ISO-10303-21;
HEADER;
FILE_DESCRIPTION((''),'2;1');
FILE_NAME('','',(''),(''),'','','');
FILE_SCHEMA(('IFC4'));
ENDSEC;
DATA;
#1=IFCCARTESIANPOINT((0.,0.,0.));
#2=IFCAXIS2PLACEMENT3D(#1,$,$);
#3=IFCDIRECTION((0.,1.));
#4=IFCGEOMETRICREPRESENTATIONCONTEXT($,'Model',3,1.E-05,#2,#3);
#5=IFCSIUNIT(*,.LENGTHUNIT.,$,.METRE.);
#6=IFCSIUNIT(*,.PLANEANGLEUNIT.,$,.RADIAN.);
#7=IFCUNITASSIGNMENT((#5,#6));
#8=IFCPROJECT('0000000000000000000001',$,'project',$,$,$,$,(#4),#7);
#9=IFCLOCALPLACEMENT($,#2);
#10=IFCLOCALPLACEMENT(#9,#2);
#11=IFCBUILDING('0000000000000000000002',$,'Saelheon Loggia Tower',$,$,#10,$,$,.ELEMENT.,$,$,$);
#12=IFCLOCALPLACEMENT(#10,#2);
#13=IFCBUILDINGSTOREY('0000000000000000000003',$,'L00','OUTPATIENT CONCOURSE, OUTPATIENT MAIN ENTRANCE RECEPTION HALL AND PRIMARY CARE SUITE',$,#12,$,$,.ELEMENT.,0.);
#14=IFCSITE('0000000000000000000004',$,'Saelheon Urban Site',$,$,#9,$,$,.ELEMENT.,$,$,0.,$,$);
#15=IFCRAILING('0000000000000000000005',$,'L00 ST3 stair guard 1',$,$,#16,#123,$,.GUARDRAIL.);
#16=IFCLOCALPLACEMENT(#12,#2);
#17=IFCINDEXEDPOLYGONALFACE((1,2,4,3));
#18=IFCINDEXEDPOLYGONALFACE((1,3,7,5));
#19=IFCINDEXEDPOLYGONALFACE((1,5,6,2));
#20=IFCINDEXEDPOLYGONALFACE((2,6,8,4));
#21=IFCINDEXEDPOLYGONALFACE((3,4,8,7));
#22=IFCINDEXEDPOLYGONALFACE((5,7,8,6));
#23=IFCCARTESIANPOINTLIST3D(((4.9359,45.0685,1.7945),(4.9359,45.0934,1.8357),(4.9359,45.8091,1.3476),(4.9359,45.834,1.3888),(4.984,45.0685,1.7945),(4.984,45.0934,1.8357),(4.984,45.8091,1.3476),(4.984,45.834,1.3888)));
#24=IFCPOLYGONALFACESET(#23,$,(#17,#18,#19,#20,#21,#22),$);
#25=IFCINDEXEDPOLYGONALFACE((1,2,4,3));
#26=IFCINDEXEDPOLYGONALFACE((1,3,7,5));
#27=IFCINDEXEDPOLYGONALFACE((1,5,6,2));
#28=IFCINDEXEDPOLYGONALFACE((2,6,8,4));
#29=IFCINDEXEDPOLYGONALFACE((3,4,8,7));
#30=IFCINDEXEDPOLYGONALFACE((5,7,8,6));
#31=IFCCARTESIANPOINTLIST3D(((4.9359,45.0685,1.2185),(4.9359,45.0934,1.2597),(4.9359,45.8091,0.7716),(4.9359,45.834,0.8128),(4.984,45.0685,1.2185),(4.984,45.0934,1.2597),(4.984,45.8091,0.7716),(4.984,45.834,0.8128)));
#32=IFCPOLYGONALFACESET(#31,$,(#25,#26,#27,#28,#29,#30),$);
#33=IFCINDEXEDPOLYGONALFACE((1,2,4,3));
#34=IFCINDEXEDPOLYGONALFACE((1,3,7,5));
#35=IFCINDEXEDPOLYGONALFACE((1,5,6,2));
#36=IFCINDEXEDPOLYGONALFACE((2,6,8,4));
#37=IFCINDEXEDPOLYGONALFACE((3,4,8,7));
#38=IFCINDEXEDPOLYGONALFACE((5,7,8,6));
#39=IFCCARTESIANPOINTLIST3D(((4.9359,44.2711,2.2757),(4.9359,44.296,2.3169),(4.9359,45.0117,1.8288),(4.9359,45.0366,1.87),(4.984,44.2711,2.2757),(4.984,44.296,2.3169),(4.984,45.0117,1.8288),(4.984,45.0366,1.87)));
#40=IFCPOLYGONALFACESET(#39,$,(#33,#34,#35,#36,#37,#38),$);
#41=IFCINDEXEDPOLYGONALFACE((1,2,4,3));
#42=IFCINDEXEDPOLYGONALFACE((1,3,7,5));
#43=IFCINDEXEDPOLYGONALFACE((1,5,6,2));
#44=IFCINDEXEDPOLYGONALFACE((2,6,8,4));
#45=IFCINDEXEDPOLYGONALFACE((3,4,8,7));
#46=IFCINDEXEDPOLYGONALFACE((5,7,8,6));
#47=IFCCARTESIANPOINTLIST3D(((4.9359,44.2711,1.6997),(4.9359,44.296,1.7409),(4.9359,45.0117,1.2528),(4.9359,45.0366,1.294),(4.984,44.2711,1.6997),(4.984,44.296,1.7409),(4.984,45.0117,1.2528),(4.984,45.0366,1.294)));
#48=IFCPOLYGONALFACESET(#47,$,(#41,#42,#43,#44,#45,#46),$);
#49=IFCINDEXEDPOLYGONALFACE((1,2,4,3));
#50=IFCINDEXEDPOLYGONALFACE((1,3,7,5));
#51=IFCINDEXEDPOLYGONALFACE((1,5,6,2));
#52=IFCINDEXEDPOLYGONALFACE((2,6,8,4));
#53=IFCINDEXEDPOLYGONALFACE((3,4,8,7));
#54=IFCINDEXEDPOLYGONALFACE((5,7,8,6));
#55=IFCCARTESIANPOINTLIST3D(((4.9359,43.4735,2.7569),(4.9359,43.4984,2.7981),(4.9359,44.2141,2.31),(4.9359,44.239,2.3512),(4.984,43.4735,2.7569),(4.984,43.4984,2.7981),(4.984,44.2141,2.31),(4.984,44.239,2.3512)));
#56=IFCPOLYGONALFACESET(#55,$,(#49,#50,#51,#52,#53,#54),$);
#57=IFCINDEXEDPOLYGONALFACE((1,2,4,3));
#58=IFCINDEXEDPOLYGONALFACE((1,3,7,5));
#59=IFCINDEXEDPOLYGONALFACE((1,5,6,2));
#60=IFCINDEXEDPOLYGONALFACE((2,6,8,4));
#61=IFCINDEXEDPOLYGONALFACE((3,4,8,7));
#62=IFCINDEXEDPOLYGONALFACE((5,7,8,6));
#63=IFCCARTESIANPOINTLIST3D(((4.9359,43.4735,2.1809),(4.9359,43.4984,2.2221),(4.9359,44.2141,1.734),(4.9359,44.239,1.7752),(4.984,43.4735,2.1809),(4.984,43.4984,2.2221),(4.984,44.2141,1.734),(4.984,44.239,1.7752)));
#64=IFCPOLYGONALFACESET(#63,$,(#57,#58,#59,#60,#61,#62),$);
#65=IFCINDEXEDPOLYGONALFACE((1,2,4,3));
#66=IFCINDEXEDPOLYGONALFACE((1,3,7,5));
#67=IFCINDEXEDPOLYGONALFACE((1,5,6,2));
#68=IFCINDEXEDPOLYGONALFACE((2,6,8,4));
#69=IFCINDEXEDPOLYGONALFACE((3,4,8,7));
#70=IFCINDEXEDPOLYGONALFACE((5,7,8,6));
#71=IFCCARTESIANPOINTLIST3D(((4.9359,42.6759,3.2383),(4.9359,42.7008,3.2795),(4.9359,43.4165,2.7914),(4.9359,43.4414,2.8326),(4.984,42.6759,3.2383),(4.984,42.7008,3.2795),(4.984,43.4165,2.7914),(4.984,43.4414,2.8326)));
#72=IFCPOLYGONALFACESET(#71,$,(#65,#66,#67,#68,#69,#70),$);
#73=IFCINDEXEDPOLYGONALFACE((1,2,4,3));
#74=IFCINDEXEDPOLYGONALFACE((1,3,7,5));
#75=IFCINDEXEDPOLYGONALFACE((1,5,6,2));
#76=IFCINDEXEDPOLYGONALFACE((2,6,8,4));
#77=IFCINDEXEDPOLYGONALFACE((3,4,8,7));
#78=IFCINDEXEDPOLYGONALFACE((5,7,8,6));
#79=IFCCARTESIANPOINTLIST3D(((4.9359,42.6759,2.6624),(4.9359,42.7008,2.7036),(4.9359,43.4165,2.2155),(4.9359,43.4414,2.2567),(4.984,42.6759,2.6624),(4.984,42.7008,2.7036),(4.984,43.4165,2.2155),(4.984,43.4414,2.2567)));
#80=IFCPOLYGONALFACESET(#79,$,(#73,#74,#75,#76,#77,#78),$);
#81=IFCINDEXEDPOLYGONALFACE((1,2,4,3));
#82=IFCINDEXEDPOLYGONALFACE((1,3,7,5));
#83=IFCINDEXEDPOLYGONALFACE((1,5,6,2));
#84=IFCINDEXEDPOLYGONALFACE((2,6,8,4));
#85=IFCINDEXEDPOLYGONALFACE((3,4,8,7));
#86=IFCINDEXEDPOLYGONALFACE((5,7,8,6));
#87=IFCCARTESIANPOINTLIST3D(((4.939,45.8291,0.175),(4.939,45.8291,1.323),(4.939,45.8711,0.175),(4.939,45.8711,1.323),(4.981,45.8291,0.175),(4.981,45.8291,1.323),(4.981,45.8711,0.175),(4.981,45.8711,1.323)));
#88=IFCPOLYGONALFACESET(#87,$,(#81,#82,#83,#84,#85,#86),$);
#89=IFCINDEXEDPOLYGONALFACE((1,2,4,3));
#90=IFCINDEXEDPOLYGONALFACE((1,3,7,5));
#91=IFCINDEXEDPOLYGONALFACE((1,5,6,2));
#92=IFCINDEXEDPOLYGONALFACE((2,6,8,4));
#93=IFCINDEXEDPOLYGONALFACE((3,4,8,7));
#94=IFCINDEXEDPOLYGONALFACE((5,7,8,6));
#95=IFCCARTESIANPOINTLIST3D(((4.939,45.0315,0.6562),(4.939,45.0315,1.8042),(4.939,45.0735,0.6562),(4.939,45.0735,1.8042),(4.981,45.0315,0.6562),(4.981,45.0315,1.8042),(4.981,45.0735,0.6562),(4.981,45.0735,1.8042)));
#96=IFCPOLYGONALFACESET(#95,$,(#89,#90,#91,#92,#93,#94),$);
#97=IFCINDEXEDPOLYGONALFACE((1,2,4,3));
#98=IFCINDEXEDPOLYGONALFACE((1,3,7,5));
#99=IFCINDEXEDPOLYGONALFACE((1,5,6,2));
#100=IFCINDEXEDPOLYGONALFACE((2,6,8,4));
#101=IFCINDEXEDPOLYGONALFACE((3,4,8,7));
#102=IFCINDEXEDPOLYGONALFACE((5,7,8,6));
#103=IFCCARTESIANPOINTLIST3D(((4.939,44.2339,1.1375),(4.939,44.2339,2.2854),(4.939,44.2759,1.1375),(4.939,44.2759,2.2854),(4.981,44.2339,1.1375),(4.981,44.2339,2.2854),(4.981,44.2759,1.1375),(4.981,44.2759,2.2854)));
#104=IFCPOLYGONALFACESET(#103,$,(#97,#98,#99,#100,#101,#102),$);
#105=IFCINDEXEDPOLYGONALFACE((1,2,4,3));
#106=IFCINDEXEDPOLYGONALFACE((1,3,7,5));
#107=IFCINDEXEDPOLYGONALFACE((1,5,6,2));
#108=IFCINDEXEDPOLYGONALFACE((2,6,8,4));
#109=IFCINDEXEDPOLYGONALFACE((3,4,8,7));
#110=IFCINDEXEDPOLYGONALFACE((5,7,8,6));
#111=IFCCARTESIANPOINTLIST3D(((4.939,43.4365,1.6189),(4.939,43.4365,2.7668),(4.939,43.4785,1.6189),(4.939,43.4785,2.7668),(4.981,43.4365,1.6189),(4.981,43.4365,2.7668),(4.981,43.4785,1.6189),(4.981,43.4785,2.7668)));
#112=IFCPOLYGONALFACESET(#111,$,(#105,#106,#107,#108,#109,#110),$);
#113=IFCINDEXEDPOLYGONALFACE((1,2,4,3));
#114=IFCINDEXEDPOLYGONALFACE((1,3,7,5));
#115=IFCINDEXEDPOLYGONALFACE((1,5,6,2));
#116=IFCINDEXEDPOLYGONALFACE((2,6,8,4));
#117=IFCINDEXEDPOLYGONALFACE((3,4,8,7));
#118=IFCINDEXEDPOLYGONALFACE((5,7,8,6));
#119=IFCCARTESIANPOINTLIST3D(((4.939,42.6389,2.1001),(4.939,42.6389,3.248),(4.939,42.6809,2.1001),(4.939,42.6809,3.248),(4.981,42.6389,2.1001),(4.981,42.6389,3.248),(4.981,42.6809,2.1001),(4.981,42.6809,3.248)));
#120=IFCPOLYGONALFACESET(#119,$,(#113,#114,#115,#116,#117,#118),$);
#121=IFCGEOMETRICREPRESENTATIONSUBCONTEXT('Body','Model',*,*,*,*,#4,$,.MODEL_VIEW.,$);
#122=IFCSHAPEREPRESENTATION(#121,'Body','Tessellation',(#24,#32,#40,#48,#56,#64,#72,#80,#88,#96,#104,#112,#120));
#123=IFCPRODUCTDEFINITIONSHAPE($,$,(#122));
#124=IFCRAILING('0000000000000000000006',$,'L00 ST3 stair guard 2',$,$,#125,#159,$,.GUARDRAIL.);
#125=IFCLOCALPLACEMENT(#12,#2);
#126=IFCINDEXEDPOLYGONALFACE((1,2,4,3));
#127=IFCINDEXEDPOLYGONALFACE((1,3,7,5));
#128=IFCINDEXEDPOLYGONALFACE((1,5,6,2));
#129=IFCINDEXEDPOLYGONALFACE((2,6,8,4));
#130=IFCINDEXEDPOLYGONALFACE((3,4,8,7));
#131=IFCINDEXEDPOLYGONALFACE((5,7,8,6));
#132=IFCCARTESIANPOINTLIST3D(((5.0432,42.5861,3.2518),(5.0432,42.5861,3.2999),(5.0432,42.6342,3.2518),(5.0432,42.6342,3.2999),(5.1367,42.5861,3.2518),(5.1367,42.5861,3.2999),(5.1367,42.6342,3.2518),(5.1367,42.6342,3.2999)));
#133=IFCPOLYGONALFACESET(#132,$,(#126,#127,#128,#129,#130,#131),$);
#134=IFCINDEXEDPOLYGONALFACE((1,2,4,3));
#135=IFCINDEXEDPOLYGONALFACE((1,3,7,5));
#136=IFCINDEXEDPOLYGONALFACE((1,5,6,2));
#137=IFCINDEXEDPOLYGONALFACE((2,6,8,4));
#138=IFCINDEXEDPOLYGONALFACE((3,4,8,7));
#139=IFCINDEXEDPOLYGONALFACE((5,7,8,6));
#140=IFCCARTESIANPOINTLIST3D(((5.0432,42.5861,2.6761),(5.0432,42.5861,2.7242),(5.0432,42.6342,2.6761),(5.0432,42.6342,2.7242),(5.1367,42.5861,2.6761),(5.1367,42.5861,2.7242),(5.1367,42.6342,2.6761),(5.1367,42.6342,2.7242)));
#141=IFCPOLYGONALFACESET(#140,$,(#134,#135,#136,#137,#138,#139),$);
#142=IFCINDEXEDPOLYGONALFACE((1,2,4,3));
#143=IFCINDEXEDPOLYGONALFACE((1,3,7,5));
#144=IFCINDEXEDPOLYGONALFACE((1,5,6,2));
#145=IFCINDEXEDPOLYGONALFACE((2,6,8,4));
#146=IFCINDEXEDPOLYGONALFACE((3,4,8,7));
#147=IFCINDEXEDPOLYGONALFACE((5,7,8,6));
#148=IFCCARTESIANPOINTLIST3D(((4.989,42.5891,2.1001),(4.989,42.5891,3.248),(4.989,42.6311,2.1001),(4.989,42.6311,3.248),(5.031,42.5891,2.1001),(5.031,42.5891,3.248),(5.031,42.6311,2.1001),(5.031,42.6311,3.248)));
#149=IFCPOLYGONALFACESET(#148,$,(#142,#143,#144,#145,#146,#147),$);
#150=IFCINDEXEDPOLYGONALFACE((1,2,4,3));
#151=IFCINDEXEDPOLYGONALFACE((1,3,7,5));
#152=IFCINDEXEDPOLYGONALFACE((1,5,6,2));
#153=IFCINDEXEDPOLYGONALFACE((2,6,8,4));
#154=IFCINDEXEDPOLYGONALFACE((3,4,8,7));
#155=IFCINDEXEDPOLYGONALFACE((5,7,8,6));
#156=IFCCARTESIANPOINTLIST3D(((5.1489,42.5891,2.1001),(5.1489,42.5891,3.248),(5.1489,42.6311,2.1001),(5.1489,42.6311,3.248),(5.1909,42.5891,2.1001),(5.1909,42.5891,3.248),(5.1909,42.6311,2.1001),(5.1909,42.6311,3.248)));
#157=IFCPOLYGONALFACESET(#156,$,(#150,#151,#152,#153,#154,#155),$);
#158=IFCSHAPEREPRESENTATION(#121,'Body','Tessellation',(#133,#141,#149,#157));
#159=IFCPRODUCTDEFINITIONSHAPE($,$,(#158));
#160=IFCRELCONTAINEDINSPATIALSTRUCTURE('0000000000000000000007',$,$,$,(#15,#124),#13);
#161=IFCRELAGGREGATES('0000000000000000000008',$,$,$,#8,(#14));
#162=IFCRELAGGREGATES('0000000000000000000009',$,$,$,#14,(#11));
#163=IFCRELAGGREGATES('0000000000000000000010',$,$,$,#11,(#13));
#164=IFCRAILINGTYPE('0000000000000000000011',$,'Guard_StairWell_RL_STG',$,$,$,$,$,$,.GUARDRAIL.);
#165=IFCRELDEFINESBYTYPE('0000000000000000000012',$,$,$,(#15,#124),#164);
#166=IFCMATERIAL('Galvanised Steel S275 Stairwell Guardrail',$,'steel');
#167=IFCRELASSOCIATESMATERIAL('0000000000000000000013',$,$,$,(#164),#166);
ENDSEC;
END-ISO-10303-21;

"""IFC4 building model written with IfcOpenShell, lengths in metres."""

from ifc_helpers import new_model, si_unit, direction, frame, origin, origin_2d, place, context, subcontext, project, spatial, rectangle, extrude, material, type_object, element, save


model = new_model("IFC4")

# Units and contexts
model_context = context("Model", 3, precision=1e-05, world=origin(), true_north=direction((0.0, 1.0)))
body_context = subcontext(model_context, "Body", "Model", "MODEL_VIEW")
ifc_project = project(units=[si_unit("LENGTHUNIT", "METRE"), si_unit("PLANEANGLEUNIT", "RADIAN")], contexts=[model_context])

# Site, building, storey
site_placement = place(None, origin())
site = spatial("IfcSite", under=ifc_project, at=site_placement, Name="Saelheon Urban Site", CompositionType="ELEMENT", RefElevation=0.0)
building_placement = place(site_placement, origin())
building = spatial("IfcBuilding", under=site, at=building_placement, Name="Saelheon Loggia Tower", CompositionType="ELEMENT")
storey_placement = place(building_placement, origin())
storey = spatial("IfcBuildingStorey", under=building, at=storey_placement, Name="L00", Description="OUTPATIENT CONCOURSE, OUTPATIENT MAIN ENTRANCE RECEPTION HALL AND PRIMARY CARE SUITE", CompositionType="ELEMENT", Elevation=0.0)

# Railings
ifc_material_1 = material(Name="Galvanised Steel S275 Stairwell Guardrail", Category="steel")
railing_type_1 = type_object("IfcRailingType", Name="Guard_StairWell_RL_STG", PredefinedType="GUARDRAIL", material=ifc_material_1)
railing_1_placement = place(storey_placement, frame((4.96, 45.8501, 0.175)))
element("IfcRailing", 1, at=railing_1_placement, inside=storey, type_object=railing_type_1, Name="L00 ST3 stair guard 1", PredefinedType="GUARDRAIL", context=body_context, shape_type="SweptSolid", body=[
    extrude(rectangle(XDim=0.0481, YDim=0.0481, at=origin_2d()), frame((0.0, -0.0286, 1.1931), z_axis=(0.0, -0.856195, 0.516653), x_axis=(1.0, 0.0, 0.0)), (0.0, 0.0, 1.0), 0.865),
    extrude(rectangle(XDim=0.0481, YDim=0.0481, at=origin_2d()), frame((0.0, -0.0286, 0.6172), z_axis=(0.0, -0.856195, 0.516653), x_axis=(1.0, 0.0, 0.0)), (0.0, 0.0, 1.0), 0.865),
    extrude(rectangle(XDim=0.0481, YDim=0.0481, at=origin_2d()), frame((0.0, -0.8259, 1.6743), z_axis=(0.0, -0.856195, 0.516653), x_axis=(1.0, 0.0, 0.0)), (0.0, 0.0, 1.0), 0.865),
    extrude(rectangle(XDim=0.0481, YDim=0.0481, at=origin_2d()), frame((0.0, -0.8259, 1.0984), z_axis=(0.0, -0.856195, 0.516653), x_axis=(1.0, 0.0, 0.0)), (0.0, 0.0, 1.0), 0.865),
    extrude(rectangle(XDim=0.0481, YDim=0.0481, at=origin_2d()), frame((0.0, -1.6235, 2.1555), z_axis=(0.0, -0.856195, 0.516653), x_axis=(1.0, 0.0, 0.0)), (0.0, 0.0, 1.0), 0.865),
    extrude(rectangle(XDim=0.0481, YDim=0.0481, at=origin_2d()), frame((0.0, -1.6235, 1.5796), z_axis=(0.0, -0.856195, 0.516653), x_axis=(1.0, 0.0, 0.0)), (0.0, 0.0, 1.0), 0.865),
    extrude(rectangle(XDim=0.0481, YDim=0.0481, at=origin_2d()), frame((0.0, -2.4211, 2.637), z_axis=(0.0, -0.856195, 0.516653), x_axis=(1.0, 0.0, 0.0)), (0.0, 0.0, 1.0), 0.865),
    extrude(rectangle(XDim=0.0481, YDim=0.0481, at=origin_2d()), frame((0.0, -2.4211, 2.061), z_axis=(0.0, -0.856195, 0.516653), x_axis=(1.0, 0.0, 0.0)), (0.0, 0.0, 1.0), 0.865),
    extrude(rectangle(XDim=0.042, YDim=0.042, at=origin_2d()), origin(), (0.0, 0.0, 1.0), 1.1479),
    extrude(rectangle(XDim=0.042, YDim=0.042, at=origin_2d()), frame((0.0, -0.7976, 0.4812)), (0.0, 0.0, 1.0), 1.1479),
    extrude(rectangle(XDim=0.042, YDim=0.042, at=origin_2d()), frame((0.0, -1.5952, 0.9624)), (0.0, 0.0, 1.0), 1.1479),
    extrude(rectangle(XDim=0.042, YDim=0.042, at=origin_2d()), frame((0.0, -2.3926, 1.4438)), (0.0, 0.0, 1.0), 1.1479),
    extrude(rectangle(XDim=0.042, YDim=0.042, at=origin_2d()), frame((0.0, -3.1902, 1.925)), (0.0, 0.0, 1.0), 1.1479),
])
railing_2_placement = place(storey_placement, frame((5.01, 42.6101, 2.1001)))
element("IfcRailing", 2, at=railing_2_placement, inside=storey, type_object=railing_type_1, Name="L00 ST3 stair guard 2", PredefinedType="GUARDRAIL", context=body_context, shape_type="SweptSolid", body=[
    extrude(rectangle(XDim=0.0481, YDim=0.0481, at=origin_2d()), frame((0.0332, 0.0, 1.1758), z_axis=(1.0, 0.0, 0.0), x_axis=(0.0, 1.0, 0.0)), (0.0, 0.0, 1.0), 0.0935),
    extrude(rectangle(XDim=0.0481, YDim=0.0481, at=origin_2d()), frame((0.0332, 0.0, 0.6001), z_axis=(1.0, 0.0, 0.0), x_axis=(0.0, 1.0, 0.0)), (0.0, 0.0, 1.0), 0.0935),
    extrude(rectangle(XDim=0.042, YDim=0.042, at=origin_2d()), origin(), (0.0, 0.0, 1.0), 1.1479),
    extrude(rectangle(XDim=0.042, YDim=0.042, at=origin_2d()), frame((0.1599, 0.0, 0.0)), (0.0, 0.0, 1.0), 1.1479),
])

save(model, "model.ifc")
